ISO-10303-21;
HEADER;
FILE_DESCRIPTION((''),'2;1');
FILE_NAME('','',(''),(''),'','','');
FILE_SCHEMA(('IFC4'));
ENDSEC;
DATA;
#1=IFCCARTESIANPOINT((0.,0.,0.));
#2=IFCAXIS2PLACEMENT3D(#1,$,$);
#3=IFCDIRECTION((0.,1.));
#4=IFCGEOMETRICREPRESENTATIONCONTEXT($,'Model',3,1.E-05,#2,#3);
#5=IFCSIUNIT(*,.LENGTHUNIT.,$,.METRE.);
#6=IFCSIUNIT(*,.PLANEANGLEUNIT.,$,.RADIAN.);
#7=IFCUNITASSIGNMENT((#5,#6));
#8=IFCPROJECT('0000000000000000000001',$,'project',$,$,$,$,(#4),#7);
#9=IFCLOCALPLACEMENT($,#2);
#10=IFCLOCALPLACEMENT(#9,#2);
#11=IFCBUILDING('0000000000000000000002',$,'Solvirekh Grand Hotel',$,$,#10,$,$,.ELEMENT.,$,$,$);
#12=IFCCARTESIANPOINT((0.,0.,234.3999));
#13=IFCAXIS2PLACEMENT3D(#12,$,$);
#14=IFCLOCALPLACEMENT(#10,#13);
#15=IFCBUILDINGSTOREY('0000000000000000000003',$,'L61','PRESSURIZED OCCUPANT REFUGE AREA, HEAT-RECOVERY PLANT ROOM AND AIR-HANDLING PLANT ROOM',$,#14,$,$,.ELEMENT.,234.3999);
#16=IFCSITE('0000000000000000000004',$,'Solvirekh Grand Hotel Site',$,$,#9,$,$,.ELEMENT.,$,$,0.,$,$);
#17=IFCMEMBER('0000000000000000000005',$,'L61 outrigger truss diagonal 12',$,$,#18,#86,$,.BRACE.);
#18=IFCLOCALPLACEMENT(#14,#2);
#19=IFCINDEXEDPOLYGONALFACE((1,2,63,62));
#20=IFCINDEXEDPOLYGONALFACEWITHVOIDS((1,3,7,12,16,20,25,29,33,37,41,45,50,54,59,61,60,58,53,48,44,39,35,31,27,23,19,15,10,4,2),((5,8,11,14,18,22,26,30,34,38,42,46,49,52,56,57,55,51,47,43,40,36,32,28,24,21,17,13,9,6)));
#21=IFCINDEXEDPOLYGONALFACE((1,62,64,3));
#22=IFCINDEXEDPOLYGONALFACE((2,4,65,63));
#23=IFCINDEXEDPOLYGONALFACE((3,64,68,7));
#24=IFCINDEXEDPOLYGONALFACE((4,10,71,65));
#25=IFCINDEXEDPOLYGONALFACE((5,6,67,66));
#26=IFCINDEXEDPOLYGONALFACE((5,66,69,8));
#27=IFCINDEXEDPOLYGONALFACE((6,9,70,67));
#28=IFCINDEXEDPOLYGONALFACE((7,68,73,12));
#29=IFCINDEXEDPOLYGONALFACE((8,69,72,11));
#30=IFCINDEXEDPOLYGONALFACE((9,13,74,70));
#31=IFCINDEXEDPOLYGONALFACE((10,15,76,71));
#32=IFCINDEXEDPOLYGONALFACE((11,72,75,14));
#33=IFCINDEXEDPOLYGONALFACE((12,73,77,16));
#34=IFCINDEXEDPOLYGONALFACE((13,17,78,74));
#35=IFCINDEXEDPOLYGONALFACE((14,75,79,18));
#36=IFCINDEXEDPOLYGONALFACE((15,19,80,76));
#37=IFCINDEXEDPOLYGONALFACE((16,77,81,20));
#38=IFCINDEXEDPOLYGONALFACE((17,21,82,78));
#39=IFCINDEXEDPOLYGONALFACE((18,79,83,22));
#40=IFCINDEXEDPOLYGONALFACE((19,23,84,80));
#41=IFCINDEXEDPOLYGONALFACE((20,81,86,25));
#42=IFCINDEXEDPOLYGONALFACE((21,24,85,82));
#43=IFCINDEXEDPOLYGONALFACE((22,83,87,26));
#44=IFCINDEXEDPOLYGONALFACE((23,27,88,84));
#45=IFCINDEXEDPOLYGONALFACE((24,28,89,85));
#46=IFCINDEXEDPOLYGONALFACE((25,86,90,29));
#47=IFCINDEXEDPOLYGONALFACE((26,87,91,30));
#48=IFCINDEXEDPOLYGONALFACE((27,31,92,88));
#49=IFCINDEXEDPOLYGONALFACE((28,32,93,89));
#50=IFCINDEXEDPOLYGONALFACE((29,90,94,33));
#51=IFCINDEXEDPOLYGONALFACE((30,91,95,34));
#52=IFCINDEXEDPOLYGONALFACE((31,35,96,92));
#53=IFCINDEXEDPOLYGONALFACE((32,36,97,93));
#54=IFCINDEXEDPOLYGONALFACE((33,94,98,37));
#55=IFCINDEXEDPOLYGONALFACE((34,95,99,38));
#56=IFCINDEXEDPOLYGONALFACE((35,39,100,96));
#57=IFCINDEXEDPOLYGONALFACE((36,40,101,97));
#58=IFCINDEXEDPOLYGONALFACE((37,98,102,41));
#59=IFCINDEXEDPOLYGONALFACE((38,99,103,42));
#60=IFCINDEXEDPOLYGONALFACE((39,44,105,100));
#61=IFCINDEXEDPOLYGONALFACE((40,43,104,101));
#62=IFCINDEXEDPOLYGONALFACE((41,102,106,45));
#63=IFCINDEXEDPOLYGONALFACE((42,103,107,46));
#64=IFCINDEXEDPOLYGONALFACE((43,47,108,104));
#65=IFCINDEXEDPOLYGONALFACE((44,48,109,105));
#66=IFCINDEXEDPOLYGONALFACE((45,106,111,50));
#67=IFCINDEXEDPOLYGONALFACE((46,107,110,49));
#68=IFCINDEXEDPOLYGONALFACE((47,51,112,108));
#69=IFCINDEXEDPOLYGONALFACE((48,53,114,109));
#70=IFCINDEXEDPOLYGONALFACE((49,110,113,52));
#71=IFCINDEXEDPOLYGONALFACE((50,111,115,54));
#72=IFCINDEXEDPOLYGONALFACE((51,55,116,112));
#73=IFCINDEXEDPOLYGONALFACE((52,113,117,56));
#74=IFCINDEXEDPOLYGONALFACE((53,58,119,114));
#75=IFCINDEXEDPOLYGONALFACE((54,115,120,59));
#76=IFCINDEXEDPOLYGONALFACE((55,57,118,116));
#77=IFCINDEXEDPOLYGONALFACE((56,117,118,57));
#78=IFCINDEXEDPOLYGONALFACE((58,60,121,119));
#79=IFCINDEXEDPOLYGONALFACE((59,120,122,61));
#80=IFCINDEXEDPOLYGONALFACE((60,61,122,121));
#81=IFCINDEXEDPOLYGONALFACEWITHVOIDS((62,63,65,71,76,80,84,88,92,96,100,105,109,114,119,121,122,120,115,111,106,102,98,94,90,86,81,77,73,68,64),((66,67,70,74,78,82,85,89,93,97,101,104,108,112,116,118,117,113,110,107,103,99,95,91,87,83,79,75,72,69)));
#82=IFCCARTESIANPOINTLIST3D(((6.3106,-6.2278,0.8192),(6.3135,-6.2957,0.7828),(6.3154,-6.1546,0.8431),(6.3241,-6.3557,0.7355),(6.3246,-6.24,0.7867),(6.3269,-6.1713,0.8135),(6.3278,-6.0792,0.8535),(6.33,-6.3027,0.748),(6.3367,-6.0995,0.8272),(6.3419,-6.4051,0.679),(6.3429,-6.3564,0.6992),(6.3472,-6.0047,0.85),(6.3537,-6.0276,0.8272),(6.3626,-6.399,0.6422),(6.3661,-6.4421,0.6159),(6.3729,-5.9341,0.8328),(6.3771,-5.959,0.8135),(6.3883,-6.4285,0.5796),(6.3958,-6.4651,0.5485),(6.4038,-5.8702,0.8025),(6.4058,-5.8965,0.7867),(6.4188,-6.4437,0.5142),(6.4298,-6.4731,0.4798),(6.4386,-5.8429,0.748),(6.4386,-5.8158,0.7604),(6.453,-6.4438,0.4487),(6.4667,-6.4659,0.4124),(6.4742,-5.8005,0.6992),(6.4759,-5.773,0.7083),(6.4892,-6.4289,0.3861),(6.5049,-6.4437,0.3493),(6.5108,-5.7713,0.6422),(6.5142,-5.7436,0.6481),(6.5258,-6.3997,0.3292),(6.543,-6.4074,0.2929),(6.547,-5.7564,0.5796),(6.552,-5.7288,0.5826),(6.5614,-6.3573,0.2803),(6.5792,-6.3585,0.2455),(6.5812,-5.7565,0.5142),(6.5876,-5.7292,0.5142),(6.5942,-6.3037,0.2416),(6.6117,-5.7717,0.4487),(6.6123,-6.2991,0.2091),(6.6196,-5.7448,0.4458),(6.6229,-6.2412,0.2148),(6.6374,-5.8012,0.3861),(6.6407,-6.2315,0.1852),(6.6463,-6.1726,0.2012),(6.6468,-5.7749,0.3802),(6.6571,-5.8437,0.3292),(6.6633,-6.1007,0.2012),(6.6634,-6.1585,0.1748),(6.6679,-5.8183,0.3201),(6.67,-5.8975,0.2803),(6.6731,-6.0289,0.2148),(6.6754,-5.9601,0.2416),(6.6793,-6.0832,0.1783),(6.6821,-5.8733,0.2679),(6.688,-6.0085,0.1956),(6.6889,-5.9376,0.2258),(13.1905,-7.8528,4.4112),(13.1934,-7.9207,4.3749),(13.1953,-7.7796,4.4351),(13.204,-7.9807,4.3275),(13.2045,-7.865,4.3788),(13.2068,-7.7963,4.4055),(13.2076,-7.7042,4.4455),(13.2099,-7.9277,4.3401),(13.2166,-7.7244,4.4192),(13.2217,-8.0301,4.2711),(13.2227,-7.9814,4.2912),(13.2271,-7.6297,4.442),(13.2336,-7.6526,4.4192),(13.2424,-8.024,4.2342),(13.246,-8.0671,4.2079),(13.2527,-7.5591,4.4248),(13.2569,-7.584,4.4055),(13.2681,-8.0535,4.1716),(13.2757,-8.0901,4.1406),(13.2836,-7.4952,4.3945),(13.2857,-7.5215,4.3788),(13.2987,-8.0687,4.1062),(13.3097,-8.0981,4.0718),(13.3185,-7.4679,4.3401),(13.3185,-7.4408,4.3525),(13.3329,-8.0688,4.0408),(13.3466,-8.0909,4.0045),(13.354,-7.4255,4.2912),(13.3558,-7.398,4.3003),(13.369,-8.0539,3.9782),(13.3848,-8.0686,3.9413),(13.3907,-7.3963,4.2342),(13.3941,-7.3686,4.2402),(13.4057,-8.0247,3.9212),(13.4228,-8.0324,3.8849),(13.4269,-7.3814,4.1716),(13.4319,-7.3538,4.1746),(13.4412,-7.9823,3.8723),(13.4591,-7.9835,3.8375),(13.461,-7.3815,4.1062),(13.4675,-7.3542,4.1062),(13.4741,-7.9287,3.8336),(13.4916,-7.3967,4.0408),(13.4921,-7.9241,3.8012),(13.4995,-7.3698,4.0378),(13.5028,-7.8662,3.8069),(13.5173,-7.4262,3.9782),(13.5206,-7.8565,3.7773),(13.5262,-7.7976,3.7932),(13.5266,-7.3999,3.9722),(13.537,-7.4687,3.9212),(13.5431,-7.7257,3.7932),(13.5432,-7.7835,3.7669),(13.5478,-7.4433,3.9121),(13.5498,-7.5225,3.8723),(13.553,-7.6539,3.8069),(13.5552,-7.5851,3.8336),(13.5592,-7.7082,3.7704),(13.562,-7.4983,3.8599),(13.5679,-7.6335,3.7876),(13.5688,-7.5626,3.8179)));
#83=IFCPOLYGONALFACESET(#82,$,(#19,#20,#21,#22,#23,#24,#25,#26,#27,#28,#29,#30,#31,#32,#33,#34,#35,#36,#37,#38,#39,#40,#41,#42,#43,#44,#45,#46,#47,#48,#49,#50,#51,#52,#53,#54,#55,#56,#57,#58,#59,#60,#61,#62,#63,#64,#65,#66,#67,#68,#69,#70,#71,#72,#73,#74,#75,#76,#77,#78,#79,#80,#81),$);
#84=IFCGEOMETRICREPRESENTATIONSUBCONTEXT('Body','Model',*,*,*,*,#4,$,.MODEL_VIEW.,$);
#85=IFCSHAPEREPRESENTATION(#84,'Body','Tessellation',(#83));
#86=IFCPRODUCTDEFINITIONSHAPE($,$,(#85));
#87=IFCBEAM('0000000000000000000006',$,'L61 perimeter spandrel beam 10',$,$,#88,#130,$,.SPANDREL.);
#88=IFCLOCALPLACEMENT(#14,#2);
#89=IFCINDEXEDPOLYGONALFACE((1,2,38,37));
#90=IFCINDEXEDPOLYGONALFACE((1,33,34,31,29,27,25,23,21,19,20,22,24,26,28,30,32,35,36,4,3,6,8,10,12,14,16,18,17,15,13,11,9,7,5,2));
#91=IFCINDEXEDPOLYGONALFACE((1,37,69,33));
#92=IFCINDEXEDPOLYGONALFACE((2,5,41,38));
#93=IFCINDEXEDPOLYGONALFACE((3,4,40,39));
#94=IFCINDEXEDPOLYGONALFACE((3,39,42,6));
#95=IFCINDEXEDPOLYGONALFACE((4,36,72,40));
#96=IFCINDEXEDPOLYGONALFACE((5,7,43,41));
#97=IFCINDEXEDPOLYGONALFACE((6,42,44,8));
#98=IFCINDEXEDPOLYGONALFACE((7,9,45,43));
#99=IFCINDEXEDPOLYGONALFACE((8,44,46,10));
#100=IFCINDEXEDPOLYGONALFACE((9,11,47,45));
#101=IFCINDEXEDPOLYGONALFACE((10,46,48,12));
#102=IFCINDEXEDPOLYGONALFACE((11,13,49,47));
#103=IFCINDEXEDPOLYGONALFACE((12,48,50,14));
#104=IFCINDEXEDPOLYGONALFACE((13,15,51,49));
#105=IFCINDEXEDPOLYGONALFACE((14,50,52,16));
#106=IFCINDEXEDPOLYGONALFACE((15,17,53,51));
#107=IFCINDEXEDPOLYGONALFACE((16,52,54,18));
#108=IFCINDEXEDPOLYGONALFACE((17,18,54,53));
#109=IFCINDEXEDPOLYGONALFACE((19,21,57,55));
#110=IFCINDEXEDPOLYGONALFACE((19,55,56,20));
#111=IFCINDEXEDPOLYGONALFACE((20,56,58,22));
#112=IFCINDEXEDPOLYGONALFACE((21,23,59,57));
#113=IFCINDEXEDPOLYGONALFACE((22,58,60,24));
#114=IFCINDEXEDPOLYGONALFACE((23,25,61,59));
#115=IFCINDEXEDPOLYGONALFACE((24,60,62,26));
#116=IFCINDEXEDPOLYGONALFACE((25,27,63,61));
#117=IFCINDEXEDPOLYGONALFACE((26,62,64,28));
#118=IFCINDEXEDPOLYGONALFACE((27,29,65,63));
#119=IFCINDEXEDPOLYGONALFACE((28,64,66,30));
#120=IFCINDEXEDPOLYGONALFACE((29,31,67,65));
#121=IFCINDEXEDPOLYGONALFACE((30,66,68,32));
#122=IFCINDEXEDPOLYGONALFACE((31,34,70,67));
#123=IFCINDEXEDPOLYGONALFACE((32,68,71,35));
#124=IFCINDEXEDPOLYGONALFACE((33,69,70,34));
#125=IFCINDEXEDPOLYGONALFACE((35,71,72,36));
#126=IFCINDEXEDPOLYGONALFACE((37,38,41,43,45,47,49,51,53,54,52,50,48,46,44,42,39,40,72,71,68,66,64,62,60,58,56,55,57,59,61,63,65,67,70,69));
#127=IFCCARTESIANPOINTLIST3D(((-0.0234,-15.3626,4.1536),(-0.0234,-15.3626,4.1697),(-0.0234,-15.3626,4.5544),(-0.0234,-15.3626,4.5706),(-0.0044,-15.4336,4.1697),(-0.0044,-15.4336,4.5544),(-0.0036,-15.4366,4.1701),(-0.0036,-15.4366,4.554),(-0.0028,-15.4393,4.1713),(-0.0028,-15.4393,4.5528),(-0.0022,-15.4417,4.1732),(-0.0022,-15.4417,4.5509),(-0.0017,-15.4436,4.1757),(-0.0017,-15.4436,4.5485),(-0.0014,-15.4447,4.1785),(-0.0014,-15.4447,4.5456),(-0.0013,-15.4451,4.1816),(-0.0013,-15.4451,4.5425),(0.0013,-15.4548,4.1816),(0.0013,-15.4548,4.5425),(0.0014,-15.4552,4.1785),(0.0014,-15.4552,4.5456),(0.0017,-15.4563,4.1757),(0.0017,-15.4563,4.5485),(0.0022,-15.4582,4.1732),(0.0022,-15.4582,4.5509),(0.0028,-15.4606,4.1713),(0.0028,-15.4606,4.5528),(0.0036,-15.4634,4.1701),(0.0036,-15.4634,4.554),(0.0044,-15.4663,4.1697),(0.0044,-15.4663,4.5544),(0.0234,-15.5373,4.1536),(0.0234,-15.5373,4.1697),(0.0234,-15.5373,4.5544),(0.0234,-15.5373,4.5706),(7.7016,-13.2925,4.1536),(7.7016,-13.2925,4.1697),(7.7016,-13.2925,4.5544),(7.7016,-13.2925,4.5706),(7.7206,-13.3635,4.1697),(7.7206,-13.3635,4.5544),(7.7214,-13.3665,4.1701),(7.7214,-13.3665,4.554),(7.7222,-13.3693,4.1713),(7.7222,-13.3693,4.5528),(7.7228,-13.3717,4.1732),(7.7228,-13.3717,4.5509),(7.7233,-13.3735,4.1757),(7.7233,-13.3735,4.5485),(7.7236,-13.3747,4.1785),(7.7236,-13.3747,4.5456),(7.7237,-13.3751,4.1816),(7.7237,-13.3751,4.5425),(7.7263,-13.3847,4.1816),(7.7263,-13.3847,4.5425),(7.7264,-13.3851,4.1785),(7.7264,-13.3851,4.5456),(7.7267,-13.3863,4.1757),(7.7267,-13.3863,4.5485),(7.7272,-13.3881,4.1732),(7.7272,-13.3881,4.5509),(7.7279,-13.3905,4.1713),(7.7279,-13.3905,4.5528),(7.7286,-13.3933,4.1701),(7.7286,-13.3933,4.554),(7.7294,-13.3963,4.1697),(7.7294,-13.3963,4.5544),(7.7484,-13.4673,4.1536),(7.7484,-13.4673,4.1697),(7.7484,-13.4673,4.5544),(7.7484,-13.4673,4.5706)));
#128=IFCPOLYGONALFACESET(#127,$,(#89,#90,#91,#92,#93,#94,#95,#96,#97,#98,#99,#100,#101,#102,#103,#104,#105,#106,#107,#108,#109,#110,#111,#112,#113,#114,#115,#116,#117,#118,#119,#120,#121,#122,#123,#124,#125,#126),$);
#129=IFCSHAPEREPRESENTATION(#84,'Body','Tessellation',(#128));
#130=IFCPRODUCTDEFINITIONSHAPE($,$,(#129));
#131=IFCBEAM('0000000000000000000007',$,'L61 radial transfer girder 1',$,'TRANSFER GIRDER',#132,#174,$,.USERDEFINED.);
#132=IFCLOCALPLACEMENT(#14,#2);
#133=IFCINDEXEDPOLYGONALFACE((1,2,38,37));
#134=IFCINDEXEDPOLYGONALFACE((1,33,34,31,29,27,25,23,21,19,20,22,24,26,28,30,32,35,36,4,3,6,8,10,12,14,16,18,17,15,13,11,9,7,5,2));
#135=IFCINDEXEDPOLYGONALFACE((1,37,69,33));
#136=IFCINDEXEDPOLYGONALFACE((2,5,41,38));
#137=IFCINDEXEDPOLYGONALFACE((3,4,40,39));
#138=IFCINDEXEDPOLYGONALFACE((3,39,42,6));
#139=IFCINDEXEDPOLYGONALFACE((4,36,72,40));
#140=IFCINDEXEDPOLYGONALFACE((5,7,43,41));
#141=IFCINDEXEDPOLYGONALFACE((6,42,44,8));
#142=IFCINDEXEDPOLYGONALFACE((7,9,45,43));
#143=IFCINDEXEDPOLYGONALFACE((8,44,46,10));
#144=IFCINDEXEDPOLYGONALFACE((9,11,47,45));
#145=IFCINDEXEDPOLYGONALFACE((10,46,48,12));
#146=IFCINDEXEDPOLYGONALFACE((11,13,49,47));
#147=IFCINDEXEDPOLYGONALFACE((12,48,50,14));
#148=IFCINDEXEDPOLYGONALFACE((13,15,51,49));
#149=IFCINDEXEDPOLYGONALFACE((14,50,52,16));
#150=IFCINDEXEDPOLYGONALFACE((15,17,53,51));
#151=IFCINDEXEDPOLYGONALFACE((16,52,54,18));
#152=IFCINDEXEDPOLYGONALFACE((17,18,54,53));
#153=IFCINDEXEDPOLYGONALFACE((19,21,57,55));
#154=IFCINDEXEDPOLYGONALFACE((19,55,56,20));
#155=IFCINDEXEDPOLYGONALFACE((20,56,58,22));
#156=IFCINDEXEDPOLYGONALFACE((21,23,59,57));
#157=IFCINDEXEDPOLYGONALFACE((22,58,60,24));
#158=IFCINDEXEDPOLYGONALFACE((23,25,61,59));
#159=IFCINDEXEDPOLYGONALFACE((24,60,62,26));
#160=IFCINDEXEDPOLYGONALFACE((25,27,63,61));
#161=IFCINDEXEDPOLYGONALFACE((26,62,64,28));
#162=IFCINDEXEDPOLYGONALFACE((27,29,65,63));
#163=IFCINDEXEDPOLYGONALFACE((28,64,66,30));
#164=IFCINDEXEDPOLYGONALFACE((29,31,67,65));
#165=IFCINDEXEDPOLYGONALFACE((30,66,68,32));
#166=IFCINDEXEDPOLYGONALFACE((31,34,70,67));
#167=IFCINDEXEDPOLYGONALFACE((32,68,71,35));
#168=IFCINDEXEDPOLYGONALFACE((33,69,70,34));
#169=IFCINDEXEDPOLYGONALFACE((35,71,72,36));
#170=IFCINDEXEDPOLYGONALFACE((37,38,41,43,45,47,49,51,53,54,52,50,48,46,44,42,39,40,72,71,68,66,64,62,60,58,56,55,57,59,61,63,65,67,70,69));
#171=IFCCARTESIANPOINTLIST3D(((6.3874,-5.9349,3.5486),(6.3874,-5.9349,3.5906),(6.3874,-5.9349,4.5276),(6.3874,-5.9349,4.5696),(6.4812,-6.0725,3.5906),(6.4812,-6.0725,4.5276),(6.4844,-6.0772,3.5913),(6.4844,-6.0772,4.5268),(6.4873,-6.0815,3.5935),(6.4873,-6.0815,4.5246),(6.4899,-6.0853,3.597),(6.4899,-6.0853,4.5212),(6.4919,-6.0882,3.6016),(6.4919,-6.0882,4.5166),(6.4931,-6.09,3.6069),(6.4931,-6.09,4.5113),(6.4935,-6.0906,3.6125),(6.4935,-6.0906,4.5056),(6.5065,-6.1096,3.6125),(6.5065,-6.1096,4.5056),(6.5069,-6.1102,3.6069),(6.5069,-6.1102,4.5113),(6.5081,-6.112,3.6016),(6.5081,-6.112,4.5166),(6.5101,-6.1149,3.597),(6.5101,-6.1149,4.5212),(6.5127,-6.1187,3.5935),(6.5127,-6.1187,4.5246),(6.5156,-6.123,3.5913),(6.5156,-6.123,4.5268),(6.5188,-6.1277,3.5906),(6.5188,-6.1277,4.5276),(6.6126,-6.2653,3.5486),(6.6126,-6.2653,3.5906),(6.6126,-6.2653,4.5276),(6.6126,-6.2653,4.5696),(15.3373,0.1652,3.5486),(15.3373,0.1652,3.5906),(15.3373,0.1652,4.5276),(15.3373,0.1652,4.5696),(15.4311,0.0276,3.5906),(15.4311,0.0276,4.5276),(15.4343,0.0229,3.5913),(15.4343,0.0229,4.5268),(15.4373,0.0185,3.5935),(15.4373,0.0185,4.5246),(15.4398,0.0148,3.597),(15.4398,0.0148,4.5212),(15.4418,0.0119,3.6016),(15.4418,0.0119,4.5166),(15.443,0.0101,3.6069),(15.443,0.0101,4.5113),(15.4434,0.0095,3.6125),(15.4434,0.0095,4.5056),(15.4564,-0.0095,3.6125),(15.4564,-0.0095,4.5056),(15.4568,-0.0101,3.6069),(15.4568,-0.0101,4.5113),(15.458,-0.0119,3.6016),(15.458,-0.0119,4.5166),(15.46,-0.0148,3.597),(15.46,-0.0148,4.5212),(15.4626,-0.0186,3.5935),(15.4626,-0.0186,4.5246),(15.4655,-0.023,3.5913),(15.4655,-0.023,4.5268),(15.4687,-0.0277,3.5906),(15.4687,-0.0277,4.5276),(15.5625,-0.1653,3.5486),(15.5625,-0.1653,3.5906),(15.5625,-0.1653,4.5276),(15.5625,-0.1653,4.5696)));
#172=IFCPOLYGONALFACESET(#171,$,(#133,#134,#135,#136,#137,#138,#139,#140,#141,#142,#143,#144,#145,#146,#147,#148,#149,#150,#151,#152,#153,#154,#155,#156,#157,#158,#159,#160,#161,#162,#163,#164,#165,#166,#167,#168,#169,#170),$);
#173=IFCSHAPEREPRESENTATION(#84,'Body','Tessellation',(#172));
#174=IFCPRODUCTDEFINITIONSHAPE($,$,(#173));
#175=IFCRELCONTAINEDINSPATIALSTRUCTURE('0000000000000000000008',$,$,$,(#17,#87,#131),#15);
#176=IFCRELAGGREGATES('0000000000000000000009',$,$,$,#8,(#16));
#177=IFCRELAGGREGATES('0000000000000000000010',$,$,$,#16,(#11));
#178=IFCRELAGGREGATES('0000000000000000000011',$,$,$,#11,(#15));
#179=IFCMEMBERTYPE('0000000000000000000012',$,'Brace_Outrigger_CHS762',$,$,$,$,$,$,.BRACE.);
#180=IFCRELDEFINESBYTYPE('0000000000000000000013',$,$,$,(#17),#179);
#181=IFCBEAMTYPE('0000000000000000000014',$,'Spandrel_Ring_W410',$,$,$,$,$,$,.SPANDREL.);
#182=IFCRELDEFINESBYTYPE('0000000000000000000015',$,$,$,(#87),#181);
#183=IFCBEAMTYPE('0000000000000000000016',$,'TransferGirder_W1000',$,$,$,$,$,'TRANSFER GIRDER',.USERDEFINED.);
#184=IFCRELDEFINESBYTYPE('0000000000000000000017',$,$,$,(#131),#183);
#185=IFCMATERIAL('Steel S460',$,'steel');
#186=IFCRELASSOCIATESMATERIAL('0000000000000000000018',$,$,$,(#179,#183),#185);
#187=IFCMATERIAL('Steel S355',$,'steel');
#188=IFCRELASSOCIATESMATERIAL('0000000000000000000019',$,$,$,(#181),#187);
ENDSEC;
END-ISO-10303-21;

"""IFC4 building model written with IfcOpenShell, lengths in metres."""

from ifc_helpers import new_model, si_unit, direction, frame, origin, origin_2d, place, context, subcontext, project, spatial, hollow_circle, i_section, extrude, material, material_profile, profile_set, type_object, element, save


model = new_model("IFC4")

# Units and contexts
model_context = context("Model", 3, precision=1e-05, world=origin(), true_north=direction((0.0, 1.0)))
body_context = subcontext(model_context, "Body", "Model", "MODEL_VIEW")
ifc_project = project(units=[si_unit("LENGTHUNIT", "METRE"), si_unit("PLANEANGLEUNIT", "RADIAN")], contexts=[model_context])

# Site, building, storey
site_placement = place(None, origin())
site = spatial("IfcSite", under=ifc_project, at=site_placement, Name="Solvirekh Grand Hotel Site", CompositionType="ELEMENT", RefElevation=0.0)
building_placement = place(site_placement, origin())
building = spatial("IfcBuilding", under=site, at=building_placement, Name="Solvirekh Grand Hotel", CompositionType="ELEMENT")
storey_placement = place(building_placement, frame((0.0, 0.0, 234.3999)))
storey = spatial("IfcBuildingStorey", under=building, at=storey_placement, Name="L61", Description="PRESSURIZED OCCUPANT REFUGE AREA, HEAT-RECOVERY PLANT ROOM AND AIR-HANDLING PLANT ROOM", CompositionType="ELEMENT", Elevation=234.3999)

# Shared definitions
ifc_material_1 = material(Name="Steel S460", Category="steel")

# Member
ifc_material_2 = material(Name="Steel S355", Category="steel")
ifc_material_profile_1 = material_profile(ifc_material_1, hollow_circle(Radius=0.3811, WallThickness=0.0281, at=origin_2d()), Name="CHS 762X28")
ifc_profile_set_1 = profile_set([ifc_material_profile_1], Name="Steel S460")
member_type_1 = type_object("IfcMemberType", Name="Brace_Outrigger_CHS762", PredefinedType="BRACE", material=ifc_profile_set_1)
member_1_placement = place(storey_placement, frame((6.5, -6.1001, 0.5142), z_axis=(0.867637, -0.204932, 0.453), x_axis=(0.229871, 0.973221, 0.0)))
element("IfcMember", 1, at=member_1_placement, inside=storey, type_object=member_type_1, Name="L61 outrigger truss diagonal 12", PredefinedType="BRACE", context=body_context, shape_type="SweptSolid", body=[
    extrude(hollow_circle(Radius=0.3811, WallThickness=0.0281, at=origin_2d()), origin(), (0.0, 0.0, 1.0), 7.9294),
])

# Beams
ifc_material_profile_2 = material_profile(ifc_material_2, i_section(OverallWidth=0.1809, OverallDepth=0.417, WebThickness=0.01, FlangeThickness=0.0161, FilletRadius=0.012, at=origin_2d()), Name="W410X85")
ifc_profile_set_2 = profile_set([ifc_material_profile_2], Name="Steel S355")
beam_type_1 = type_object("IfcBeamType", Name="Spandrel_Ring_W410", PredefinedType="SPANDREL", material=ifc_profile_set_2)
beam_1_placement = place(storey_placement, frame((0.0, -15.45, 4.3621), z_axis=(0.965922, 0.258835, 0.0), x_axis=(-0.258835, 0.965922, 0.0)))
element("IfcBeam", 2, at=beam_1_placement, inside=storey, type_object=beam_type_1, Name="L61 perimeter spandrel beam 10", PredefinedType="SPANDREL", context=body_context, shape_type="SweptSolid", body=[
    extrude(i_section(OverallWidth=0.1809, OverallDepth=0.417, WebThickness=0.01, FlangeThickness=0.0161, FilletRadius=0.012, at=origin_2d()), origin(), (0.0, 0.0, 1.0), 7.9976),
])
ifc_material_profile_3 = material_profile(ifc_material_1, i_section(OverallWidth=0.3999, OverallDepth=1.021, WebThickness=0.0229, FlangeThickness=0.042, FilletRadius=0.022, at=origin_2d()), Name="W1000X412")
ifc_profile_set_3 = profile_set([ifc_material_profile_3], Name="Steel S460")
beam_type_2 = type_object("IfcBeamType", Name="TransferGirder_W1000", ElementType="TRANSFER GIRDER", PredefinedType="USERDEFINED", material=ifc_profile_set_3)
beam_2_placement = place(storey_placement, frame((6.5, -6.1001, 4.0591), z_axis=(0.826319, 0.563202, 0.0), x_axis=(-0.563202, 0.826319, 0.0)))
element("IfcBeam", 3, at=beam_2_placement, inside=storey, type_object=beam_type_2, Name="L61 radial transfer girder 1", ObjectType="TRANSFER GIRDER", PredefinedType="USERDEFINED", context=body_context, shape_type="SweptSolid", body=[
    extrude(i_section(OverallWidth=0.3999, OverallDepth=1.021, WebThickness=0.0229, FlangeThickness=0.042, FilletRadius=0.022, at=origin_2d()), origin(), (0.0, 0.0, 1.0), 10.8311),
])

save(model, "model.ifc")
